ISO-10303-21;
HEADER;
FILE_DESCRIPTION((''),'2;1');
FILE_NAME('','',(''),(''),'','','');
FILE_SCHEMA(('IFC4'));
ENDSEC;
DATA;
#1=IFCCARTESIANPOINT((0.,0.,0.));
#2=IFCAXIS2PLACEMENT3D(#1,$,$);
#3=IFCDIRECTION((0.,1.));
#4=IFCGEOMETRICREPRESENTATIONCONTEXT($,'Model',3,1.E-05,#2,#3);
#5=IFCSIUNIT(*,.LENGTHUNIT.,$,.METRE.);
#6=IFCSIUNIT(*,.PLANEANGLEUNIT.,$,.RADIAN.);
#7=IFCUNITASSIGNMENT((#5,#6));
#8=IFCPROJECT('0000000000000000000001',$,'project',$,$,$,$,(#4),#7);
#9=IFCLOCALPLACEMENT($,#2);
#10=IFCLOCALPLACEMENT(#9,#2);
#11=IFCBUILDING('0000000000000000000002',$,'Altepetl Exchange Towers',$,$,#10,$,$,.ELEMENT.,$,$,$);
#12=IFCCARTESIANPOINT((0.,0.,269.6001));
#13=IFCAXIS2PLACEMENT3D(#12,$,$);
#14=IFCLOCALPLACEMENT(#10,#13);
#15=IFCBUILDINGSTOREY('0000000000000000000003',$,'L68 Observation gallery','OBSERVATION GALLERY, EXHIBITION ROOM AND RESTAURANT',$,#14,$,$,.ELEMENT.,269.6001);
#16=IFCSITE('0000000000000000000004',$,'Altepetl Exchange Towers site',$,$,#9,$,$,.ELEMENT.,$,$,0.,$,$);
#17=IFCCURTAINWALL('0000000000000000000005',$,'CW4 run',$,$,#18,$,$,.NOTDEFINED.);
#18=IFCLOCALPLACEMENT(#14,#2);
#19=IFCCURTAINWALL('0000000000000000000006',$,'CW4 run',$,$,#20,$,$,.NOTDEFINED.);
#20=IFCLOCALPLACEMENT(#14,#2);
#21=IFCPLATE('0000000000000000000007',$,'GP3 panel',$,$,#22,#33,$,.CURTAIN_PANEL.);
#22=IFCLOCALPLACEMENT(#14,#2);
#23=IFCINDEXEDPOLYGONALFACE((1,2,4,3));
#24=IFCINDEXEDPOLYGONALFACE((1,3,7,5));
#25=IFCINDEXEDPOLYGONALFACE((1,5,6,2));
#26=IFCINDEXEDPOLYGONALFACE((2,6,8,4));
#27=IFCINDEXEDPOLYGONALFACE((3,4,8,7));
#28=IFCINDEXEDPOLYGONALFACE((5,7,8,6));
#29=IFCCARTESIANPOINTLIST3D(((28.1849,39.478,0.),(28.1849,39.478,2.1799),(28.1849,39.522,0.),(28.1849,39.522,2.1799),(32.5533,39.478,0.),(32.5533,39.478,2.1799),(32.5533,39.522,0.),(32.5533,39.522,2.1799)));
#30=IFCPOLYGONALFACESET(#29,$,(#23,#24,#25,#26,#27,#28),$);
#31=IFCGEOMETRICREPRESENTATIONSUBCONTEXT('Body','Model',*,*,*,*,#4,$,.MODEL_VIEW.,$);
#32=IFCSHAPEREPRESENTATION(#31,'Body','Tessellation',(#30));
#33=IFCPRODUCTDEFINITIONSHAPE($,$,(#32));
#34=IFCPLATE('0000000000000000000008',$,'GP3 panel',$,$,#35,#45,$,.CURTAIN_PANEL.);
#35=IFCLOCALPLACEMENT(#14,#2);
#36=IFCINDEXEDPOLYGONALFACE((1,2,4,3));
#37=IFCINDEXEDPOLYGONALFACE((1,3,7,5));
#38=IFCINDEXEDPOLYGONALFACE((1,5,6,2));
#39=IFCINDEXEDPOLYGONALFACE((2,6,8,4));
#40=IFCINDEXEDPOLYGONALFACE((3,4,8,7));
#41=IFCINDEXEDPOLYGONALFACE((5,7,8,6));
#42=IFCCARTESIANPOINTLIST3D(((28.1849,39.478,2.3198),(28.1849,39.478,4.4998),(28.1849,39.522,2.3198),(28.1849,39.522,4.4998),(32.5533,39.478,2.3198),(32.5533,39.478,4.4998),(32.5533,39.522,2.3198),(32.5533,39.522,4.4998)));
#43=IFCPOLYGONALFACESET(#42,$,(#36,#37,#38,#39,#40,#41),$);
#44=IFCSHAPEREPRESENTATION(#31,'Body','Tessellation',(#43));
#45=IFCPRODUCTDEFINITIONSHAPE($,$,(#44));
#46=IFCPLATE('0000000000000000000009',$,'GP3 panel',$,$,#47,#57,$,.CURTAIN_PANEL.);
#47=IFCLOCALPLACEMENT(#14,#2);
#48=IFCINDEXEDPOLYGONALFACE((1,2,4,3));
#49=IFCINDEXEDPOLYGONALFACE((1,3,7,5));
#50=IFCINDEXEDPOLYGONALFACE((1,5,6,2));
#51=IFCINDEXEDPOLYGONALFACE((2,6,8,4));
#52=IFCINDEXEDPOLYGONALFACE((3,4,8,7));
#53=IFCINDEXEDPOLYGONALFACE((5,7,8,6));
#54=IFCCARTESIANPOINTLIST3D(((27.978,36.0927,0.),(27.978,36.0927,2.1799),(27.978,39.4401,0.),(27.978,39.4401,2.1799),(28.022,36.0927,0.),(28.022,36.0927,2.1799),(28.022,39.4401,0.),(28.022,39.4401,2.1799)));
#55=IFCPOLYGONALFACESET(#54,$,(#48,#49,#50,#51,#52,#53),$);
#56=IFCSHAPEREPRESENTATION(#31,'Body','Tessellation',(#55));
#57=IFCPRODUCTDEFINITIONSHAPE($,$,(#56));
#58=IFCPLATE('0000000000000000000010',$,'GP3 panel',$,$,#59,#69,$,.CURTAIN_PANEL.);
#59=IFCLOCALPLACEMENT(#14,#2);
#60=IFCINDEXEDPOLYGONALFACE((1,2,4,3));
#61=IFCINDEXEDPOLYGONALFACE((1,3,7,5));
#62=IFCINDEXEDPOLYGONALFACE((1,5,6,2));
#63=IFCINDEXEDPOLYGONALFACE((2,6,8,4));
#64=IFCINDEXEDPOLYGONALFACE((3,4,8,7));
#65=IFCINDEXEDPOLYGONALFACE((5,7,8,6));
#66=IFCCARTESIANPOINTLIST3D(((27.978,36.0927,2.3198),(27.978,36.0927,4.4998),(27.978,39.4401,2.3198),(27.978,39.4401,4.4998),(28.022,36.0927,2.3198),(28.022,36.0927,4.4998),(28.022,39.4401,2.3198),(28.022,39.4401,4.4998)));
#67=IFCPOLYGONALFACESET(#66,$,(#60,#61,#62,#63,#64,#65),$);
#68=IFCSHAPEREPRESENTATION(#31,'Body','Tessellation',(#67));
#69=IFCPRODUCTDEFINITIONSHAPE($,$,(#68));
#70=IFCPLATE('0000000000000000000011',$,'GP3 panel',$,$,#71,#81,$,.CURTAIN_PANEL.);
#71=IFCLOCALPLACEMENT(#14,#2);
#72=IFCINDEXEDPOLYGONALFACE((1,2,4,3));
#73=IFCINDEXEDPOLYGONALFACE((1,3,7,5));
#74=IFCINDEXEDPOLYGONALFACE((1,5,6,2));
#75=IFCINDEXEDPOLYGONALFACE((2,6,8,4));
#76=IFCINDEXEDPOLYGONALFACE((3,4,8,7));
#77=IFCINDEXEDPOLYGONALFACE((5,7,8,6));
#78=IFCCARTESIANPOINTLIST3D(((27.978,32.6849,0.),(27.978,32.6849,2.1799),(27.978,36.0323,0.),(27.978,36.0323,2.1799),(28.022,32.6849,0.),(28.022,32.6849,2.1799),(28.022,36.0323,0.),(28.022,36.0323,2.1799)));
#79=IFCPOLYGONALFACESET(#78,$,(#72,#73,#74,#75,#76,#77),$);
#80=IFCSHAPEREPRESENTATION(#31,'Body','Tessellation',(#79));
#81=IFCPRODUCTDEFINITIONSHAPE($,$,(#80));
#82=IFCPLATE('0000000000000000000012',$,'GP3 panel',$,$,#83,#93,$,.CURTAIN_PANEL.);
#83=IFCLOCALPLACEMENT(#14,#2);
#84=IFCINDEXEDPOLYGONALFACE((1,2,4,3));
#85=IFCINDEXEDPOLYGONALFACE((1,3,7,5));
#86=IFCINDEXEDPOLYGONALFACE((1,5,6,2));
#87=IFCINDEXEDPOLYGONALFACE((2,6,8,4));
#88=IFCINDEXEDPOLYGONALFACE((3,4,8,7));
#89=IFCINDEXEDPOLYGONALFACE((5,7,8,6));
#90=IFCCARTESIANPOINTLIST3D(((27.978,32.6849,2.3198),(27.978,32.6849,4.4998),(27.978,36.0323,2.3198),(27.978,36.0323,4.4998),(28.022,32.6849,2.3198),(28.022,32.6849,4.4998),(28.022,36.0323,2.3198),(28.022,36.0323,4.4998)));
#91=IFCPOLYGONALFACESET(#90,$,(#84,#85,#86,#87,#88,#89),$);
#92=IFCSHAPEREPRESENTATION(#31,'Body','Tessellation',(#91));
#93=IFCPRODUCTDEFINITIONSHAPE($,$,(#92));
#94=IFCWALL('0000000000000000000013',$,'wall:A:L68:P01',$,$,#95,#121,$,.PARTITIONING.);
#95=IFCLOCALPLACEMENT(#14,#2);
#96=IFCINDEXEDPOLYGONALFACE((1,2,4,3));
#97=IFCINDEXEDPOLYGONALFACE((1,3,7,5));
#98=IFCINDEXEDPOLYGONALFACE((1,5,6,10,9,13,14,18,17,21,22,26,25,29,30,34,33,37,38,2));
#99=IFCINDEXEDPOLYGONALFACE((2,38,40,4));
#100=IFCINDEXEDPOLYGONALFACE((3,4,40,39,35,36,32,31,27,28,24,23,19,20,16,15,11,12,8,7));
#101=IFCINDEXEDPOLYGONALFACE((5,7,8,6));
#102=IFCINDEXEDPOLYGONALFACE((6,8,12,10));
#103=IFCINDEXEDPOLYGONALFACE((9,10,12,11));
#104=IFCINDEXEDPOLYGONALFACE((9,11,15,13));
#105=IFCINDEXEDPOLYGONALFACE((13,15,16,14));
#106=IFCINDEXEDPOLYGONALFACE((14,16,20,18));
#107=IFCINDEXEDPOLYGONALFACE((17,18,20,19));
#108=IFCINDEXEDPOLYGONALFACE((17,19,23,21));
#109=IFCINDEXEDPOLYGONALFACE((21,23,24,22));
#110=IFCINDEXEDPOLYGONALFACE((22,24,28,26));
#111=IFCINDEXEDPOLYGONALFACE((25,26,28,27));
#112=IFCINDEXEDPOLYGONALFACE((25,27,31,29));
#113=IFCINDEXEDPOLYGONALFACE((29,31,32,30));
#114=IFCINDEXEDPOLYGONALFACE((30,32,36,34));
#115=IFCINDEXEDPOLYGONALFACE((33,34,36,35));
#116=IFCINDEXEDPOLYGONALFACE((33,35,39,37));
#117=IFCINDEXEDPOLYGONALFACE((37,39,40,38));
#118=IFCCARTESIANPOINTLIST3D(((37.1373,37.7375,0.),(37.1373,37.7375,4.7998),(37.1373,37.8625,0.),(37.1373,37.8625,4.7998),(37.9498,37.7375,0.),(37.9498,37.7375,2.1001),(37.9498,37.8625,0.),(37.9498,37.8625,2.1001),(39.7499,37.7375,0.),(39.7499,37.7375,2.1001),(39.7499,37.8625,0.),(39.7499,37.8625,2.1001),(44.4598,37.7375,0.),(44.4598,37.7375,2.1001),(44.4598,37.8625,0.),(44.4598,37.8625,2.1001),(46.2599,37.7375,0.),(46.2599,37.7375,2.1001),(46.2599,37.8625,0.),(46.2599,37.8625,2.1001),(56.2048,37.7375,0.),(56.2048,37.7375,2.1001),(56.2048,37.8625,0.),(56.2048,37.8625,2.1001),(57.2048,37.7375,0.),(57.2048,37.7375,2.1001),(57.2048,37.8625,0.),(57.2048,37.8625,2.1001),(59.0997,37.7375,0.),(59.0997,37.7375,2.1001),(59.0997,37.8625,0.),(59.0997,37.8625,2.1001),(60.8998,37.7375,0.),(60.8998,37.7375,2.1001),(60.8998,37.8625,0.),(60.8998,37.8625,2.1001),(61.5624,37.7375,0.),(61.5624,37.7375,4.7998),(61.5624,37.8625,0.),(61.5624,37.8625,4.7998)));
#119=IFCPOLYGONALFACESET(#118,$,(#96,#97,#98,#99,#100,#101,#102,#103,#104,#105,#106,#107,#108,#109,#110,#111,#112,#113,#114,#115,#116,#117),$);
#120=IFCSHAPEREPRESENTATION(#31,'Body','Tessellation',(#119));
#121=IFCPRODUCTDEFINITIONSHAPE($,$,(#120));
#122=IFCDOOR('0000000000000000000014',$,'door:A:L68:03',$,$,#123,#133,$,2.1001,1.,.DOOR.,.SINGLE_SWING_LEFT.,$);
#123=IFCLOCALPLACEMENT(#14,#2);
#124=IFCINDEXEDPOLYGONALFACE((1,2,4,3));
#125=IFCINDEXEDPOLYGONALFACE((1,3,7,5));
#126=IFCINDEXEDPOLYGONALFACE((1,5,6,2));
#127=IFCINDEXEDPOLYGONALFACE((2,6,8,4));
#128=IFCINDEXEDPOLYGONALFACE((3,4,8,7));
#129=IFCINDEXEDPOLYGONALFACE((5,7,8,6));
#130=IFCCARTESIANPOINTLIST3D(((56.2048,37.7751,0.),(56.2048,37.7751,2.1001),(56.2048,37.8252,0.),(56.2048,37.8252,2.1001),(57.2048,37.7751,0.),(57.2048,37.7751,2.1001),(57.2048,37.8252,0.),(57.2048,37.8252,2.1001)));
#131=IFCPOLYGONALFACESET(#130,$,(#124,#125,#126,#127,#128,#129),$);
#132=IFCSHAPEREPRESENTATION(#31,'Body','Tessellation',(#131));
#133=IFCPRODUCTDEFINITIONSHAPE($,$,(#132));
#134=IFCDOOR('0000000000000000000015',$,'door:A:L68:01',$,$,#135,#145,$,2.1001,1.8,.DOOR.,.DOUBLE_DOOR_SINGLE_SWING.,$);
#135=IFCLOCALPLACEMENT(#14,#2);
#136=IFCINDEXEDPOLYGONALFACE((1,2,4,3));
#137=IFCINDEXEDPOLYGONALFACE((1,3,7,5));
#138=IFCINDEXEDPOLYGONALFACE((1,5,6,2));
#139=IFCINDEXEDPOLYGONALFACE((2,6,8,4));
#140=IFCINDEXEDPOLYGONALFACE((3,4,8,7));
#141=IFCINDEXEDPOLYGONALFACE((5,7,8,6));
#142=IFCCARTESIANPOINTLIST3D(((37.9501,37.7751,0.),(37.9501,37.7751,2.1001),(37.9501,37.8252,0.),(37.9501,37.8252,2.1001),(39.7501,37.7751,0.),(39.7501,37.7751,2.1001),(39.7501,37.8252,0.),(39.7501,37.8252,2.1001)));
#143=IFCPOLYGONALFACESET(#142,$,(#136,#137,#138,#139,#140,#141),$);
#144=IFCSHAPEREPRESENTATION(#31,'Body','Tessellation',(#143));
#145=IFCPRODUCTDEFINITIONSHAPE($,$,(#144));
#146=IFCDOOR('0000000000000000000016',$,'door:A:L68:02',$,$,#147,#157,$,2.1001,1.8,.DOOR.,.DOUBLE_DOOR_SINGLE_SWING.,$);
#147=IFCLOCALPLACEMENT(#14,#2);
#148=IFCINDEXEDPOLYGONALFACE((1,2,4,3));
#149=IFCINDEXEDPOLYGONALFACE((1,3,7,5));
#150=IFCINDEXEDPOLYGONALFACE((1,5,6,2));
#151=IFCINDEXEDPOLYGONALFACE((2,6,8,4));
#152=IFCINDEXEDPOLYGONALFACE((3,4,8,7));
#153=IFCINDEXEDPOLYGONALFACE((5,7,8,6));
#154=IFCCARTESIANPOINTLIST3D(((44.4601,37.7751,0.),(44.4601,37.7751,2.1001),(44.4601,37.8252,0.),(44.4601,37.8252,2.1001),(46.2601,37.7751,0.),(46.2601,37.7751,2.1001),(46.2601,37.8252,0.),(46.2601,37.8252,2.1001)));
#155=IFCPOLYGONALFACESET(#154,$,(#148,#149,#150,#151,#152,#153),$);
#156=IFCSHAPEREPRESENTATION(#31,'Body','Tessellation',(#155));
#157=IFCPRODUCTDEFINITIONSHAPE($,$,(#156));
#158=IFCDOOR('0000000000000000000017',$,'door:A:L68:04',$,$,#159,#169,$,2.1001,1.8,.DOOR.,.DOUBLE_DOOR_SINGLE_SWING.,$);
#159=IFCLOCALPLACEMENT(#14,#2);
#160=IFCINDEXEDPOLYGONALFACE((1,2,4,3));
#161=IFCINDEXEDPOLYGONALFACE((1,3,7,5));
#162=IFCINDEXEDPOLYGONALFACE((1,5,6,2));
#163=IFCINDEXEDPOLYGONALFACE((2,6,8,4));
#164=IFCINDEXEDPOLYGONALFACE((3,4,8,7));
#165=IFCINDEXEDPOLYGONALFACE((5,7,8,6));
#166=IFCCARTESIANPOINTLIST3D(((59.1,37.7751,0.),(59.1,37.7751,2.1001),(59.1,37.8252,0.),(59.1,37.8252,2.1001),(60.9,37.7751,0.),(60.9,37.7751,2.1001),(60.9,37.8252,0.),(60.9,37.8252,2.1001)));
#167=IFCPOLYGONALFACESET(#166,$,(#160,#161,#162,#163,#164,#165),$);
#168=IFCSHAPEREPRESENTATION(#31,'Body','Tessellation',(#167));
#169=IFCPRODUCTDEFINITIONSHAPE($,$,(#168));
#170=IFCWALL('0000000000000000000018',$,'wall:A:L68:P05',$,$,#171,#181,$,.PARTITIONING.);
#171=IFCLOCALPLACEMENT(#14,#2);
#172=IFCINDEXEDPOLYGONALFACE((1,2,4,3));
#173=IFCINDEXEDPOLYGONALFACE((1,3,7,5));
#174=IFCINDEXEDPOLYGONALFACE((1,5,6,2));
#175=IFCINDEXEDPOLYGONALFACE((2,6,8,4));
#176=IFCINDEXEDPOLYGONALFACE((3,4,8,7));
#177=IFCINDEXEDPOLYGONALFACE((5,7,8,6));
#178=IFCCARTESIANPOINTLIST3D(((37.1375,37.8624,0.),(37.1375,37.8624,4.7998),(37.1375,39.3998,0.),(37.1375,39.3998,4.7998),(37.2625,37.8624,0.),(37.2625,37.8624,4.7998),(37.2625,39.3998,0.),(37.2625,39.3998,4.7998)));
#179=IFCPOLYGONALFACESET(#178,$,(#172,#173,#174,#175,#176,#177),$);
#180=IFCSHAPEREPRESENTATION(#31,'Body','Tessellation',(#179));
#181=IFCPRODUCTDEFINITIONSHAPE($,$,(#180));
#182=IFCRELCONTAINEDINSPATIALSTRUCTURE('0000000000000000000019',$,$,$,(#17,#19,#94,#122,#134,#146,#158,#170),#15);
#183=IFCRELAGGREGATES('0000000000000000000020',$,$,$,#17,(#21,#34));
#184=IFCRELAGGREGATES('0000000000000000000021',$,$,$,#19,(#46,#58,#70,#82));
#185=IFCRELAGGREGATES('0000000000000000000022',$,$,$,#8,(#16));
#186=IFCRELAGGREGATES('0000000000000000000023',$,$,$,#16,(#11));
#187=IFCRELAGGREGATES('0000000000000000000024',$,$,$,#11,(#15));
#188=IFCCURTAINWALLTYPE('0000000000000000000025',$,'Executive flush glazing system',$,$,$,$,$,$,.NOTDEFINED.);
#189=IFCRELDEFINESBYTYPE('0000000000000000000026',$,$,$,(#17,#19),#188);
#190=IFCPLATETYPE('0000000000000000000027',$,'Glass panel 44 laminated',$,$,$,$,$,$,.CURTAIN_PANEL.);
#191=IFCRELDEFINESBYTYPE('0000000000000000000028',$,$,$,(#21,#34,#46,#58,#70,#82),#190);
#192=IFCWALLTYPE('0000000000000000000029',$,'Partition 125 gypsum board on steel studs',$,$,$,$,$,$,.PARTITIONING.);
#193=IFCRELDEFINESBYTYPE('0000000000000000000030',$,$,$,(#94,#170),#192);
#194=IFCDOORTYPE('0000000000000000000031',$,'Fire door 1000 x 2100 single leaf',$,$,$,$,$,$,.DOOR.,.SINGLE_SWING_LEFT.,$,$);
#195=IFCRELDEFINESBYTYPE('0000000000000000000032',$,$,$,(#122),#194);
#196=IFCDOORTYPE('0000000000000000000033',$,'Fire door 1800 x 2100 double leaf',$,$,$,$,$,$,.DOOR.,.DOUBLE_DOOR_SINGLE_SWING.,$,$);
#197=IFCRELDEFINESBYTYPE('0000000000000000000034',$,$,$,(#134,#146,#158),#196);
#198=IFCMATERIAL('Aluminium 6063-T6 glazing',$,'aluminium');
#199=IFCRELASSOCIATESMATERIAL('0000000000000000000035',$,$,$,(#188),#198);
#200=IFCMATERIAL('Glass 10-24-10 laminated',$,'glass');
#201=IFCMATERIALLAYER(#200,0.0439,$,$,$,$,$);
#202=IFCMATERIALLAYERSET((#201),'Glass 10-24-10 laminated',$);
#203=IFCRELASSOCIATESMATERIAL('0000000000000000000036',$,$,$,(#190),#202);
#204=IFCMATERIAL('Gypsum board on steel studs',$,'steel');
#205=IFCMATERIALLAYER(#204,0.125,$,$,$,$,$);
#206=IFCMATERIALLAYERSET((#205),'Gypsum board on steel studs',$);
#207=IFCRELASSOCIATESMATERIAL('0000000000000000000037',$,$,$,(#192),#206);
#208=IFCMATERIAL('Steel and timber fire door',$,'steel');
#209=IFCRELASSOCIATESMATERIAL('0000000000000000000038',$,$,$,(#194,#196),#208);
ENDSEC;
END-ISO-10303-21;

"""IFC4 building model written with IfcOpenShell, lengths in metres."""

from ifc_helpers import new_model, si_unit, direction, frame, frame_2d, origin, origin_2d, place, context, subcontext, project, spatial, rectangle, extrude, material, layer, layer_set, type_object, element, fill, aggregate, save


model = new_model("IFC4")

# Units and contexts
model_context = context("Model", 3, precision=1e-05, world=origin(), true_north=direction((0.0, 1.0)))
body_context = subcontext(model_context, "Body", "Model", "MODEL_VIEW")
ifc_project = project(units=[si_unit("LENGTHUNIT", "METRE"), si_unit("PLANEANGLEUNIT", "RADIAN")], contexts=[model_context])

# Site, building, storey
site_placement = place(None, origin())
site = spatial("IfcSite", under=ifc_project, at=site_placement, Name="Altepetl Exchange Towers site", CompositionType="ELEMENT", RefElevation=0.0)
building_placement = place(site_placement, origin())
building = spatial("IfcBuilding", under=site, at=building_placement, Name="Altepetl Exchange Towers", CompositionType="ELEMENT")
storey_placement = place(building_placement, frame((0.0, 0.0, 269.6001)))
storey = spatial("IfcBuildingStorey", under=building, at=storey_placement, Name="L68 Observation gallery", Description="OBSERVATION GALLERY, EXHIBITION ROOM AND RESTAURANT", CompositionType="ELEMENT", Elevation=269.6001)

# Curtain walls
ifc_material_1 = material(Name="Aluminium 6063-T6 glazing", Category="aluminium")
curtain_wall_type = type_object("IfcCurtainWallType", Name="Executive flush glazing system", PredefinedType="NOTDEFINED", material=ifc_material_1)
curtain_wall_1_placement = place(storey_placement, origin())
curtain_wall_1 = element("IfcCurtainWall", 1, at=curtain_wall_1_placement, inside=storey, type_object=curtain_wall_type, Name="CW4 run", PredefinedType="NOTDEFINED")
curtain_wall_2_placement = place(storey_placement, origin())
curtain_wall_2 = element("IfcCurtainWall", 2, at=curtain_wall_2_placement, inside=storey, type_object=curtain_wall_type, Name="CW4 run", PredefinedType="NOTDEFINED")

# Plates
ifc_material_2 = material(Name="Glass 10-24-10 laminated", Category="glass")
ifc_layer_1 = layer(ifc_material_2, 0.0439)
ifc_layer_set_1 = layer_set([ifc_layer_1], Name="Glass 10-24-10 laminated")
plate_type = type_object("IfcPlateType", Name="Glass panel 44 laminated", PredefinedType="CURTAIN_PANEL", material=ifc_layer_set_1)
plate_1_placement = place(storey_placement, frame((30.3691, 39.5, 0.0), z_axis=(0.0, 0.0, 1.0), x_axis=(-1.0, 0.0, 0.0)))
plate_1 = element("IfcPlate", 3, at=plate_1_placement, type_object=plate_type, Name="GP3 panel", PredefinedType="CURTAIN_PANEL", context=body_context, shape_type="SweptSolid", body=[
    extrude(rectangle(XDim=4.3684, YDim=0.0439, at=origin_2d()), origin(), (0.0, 0.0, 1.0), 2.1799),
])
plate_2_placement = place(storey_placement, frame((30.3691, 39.5, 2.3198), z_axis=(0.0, 0.0, 1.0), x_axis=(-1.0, 0.0, 0.0)))
plate_2 = element("IfcPlate", 4, at=plate_2_placement, type_object=plate_type, Name="GP3 panel", PredefinedType="CURTAIN_PANEL", context=body_context, shape_type="SweptSolid", body=[
    extrude(rectangle(XDim=4.3684, YDim=0.0439, at=origin_2d()), origin(), (0.0, 0.0, 1.0), 2.1799),
])
aggregate(curtain_wall_1, [plate_1, plate_2])
plate_3_placement = place(storey_placement, frame((28.0, 37.7664, 0.0), z_axis=(0.0, 0.0, 1.0), x_axis=(0.0, -1.0, 0.0)))
plate_3 = element("IfcPlate", 5, at=plate_3_placement, type_object=plate_type, Name="GP3 panel", PredefinedType="CURTAIN_PANEL", context=body_context, shape_type="SweptSolid", body=[
    extrude(rectangle(XDim=3.3474, YDim=0.0439, at=origin_2d()), origin(), (0.0, 0.0, 1.0), 2.1799),
])
plate_4_placement = place(storey_placement, frame((28.0, 37.7664, 2.3198), z_axis=(0.0, 0.0, 1.0), x_axis=(0.0, -1.0, 0.0)))
plate_4 = element("IfcPlate", 6, at=plate_4_placement, type_object=plate_type, Name="GP3 panel", PredefinedType="CURTAIN_PANEL", context=body_context, shape_type="SweptSolid", body=[
    extrude(rectangle(XDim=3.3474, YDim=0.0439, at=origin_2d()), origin(), (0.0, 0.0, 1.0), 2.1799),
])
plate_5_placement = place(storey_placement, frame((28.0, 34.3586, 0.0), z_axis=(0.0, 0.0, 1.0), x_axis=(0.0, -1.0, 0.0)))
plate_5 = element("IfcPlate", 7, at=plate_5_placement, type_object=plate_type, Name="GP3 panel", PredefinedType="CURTAIN_PANEL", context=body_context, shape_type="SweptSolid", body=[
    extrude(rectangle(XDim=3.3474, YDim=0.0439, at=origin_2d()), origin(), (0.0, 0.0, 1.0), 2.1799),
])
plate_6_placement = place(storey_placement, frame((28.0, 34.3586, 2.3198), z_axis=(0.0, 0.0, 1.0), x_axis=(0.0, -1.0, 0.0)))
plate_6 = element("IfcPlate", 8, at=plate_6_placement, type_object=plate_type, Name="GP3 panel", PredefinedType="CURTAIN_PANEL", context=body_context, shape_type="SweptSolid", body=[
    extrude(rectangle(XDim=3.3474, YDim=0.0439, at=origin_2d()), origin(), (0.0, 0.0, 1.0), 2.1799),
])
aggregate(curtain_wall_2, [plate_3, plate_4, plate_5, plate_6])

# Wall, openings, doors
ifc_material_3 = material(Name="Gypsum board on steel studs", Category="steel")
ifc_layer_2 = layer(ifc_material_3, 0.125)
ifc_layer_set_2 = layer_set([ifc_layer_2], Name="Gypsum board on steel studs")
wall_type = type_object("IfcWallType", Name="Partition 125 gypsum board on steel studs", PredefinedType="PARTITIONING", material=ifc_layer_set_2)
wall_1_placement = place(storey_placement, frame((37.1375, 37.8, 0.0)))
wall_1 = element("IfcWall", 9, at=wall_1_placement, inside=storey, type_object=wall_type, Name="wall:A:L68:P01", PredefinedType="PARTITIONING", context=body_context, shape_type="SweptSolid", body=[
    extrude(rectangle(XDim=24.425, YDim=0.125, at=frame_2d((12.2124, 0.0))), origin(), (0.0, 0.0, 1.0), 4.7998),
])
opening_1_placement = place(wall_1_placement, frame((0.8125, 0.0, 0.0)))
opening_1 = element("IfcOpeningElement", 10, at=opening_1_placement, cuts=wall_1, PredefinedType="OPENING", context=body_context, shape_type="SweptSolid", body=[
    extrude(rectangle(XDim=1.8, YDim=2.1001, at=frame_2d((0.8999, 1.05))), frame((0.0, 0.0725, 0.0), z_axis=(0.0, -1.0, 0.0), x_axis=(1.0, 0.0, 0.0)), (0.0, 0.0, 1.0), 0.145),
])
opening_2_placement = place(wall_1_placement, frame((7.3225, 0.0, 0.0)))
opening_2 = element("IfcOpeningElement", 11, at=opening_2_placement, cuts=wall_1, PredefinedType="OPENING", context=body_context, shape_type="SweptSolid", body=[
    extrude(rectangle(XDim=1.8, YDim=2.1001, at=frame_2d((0.8999, 1.05))), frame((0.0, 0.0725, 0.0), z_axis=(0.0, -1.0, 0.0), x_axis=(1.0, 0.0, 0.0)), (0.0, 0.0, 1.0), 0.145),
])
opening_3_placement = place(wall_1_placement, frame((19.0674, 0.0, 0.0)))
opening_3 = element("IfcOpeningElement", 12, at=opening_3_placement, cuts=wall_1, PredefinedType="OPENING", context=body_context, shape_type="SweptSolid", body=[
    extrude(rectangle(XDim=1.0, YDim=2.1001, at=frame_2d((0.5, 1.05))), frame((0.0, 0.0725, 0.0), z_axis=(0.0, -1.0, 0.0), x_axis=(1.0, 0.0, 0.0)), (0.0, 0.0, 1.0), 0.145),
])
opening_4_placement = place(wall_1_placement, frame((21.9624, 0.0, 0.0)))
opening_4 = element("IfcOpeningElement", 13, at=opening_4_placement, cuts=wall_1, PredefinedType="OPENING", context=body_context, shape_type="SweptSolid", body=[
    extrude(rectangle(XDim=1.8, YDim=2.1001, at=frame_2d((0.8999, 1.05))), frame((0.0, 0.0725, 0.0), z_axis=(0.0, -1.0, 0.0), x_axis=(1.0, 0.0, 0.0)), (0.0, 0.0, 1.0), 0.145),
])
ifc_material_4 = material(Name="Steel and timber fire door", Category="steel")
door_type_1 = type_object("IfcDoorType", Name="Fire door 1000 x 2100 single leaf", OperationType="SINGLE_SWING_LEFT", PredefinedType="DOOR", material=ifc_material_4)
door_1_placement = place(opening_3_placement, frame((1.0, 0.0, 0.0), x_axis=(-1.0, 0.0, 0.0)))
door_1 = element("IfcDoor", 14, at=door_1_placement, inside=storey, type_object=door_type_1, Name="door:A:L68:03", OperationType="SINGLE_SWING_LEFT", OverallHeight=2.1001, OverallWidth=1.0, PredefinedType="DOOR", context=body_context, shape_type="SweptSolid", body=[
    extrude(rectangle(XDim=1.0, YDim=2.1001, at=frame_2d((0.5, 1.05))), frame((0.0, 0.0249, 0.0), z_axis=(0.0, -1.0, 0.0), x_axis=(1.0, 0.0, 0.0)), (0.0, 0.0, 1.0), 0.05),
])
fill(opening_3, door_1)
door_type_2 = type_object("IfcDoorType", Name="Fire door 1800 x 2100 double leaf", OperationType="DOUBLE_DOOR_SINGLE_SWING", PredefinedType="DOOR", material=ifc_material_4)
door_2_placement = place(opening_1_placement, frame((1.8, 0.0, 0.0), x_axis=(-1.0, 0.0, 0.0)))
door_2 = element("IfcDoor", 15, at=door_2_placement, inside=storey, type_object=door_type_2, Name="door:A:L68:01", OperationType="DOUBLE_DOOR_SINGLE_SWING", OverallHeight=2.1001, OverallWidth=1.8, PredefinedType="DOOR", context=body_context, shape_type="SweptSolid", body=[
    extrude(rectangle(XDim=1.8, YDim=2.1001, at=frame_2d((0.8999, 1.05))), frame((0.0, 0.0249, 0.0), z_axis=(0.0, -1.0, 0.0), x_axis=(1.0, 0.0, 0.0)), (0.0, 0.0, 1.0), 0.05),
])
fill(opening_1, door_2)
door_3_placement = place(opening_2_placement, frame((1.8, 0.0, 0.0), x_axis=(-1.0, 0.0, 0.0)))
door_3 = element("IfcDoor", 16, at=door_3_placement, inside=storey, type_object=door_type_2, Name="door:A:L68:02", OperationType="DOUBLE_DOOR_SINGLE_SWING", OverallHeight=2.1001, OverallWidth=1.8, PredefinedType="DOOR", context=body_context, shape_type="SweptSolid", body=[
    extrude(rectangle(XDim=1.8, YDim=2.1001, at=frame_2d((0.8999, 1.05))), frame((0.0, 0.0249, 0.0), z_axis=(0.0, -1.0, 0.0), x_axis=(1.0, 0.0, 0.0)), (0.0, 0.0, 1.0), 0.05),
])
fill(opening_2, door_3)
door_4_placement = place(opening_4_placement, frame((1.8, 0.0, 0.0), x_axis=(-1.0, 0.0, 0.0)))
door_4 = element("IfcDoor", 17, at=door_4_placement, inside=storey, type_object=door_type_2, Name="door:A:L68:04", OperationType="DOUBLE_DOOR_SINGLE_SWING", OverallHeight=2.1001, OverallWidth=1.8, PredefinedType="DOOR", context=body_context, shape_type="SweptSolid", body=[
    extrude(rectangle(XDim=1.8, YDim=2.1001, at=frame_2d((0.8999, 1.05))), frame((0.0, 0.0249, 0.0), z_axis=(0.0, -1.0, 0.0), x_axis=(1.0, 0.0, 0.0)), (0.0, 0.0, 1.0), 0.05),
])
fill(opening_4, door_4)

# Wall
wall_2_placement = place(storey_placement, frame((37.2, 37.8625, 0.0), z_axis=(0.0, 0.0, 1.0), x_axis=(0.0, 1.0, 0.0)))
element("IfcWall", 18, at=wall_2_placement, inside=storey, type_object=wall_type, Name="wall:A:L68:P05", PredefinedType="PARTITIONING", context=body_context, shape_type="SweptSolid", body=[
    extrude(rectangle(XDim=1.5374, YDim=0.125, at=frame_2d((0.7686, 0.0))), origin(), (0.0, 0.0, 1.0), 4.7998),
])

save(model, "model.ifc")
